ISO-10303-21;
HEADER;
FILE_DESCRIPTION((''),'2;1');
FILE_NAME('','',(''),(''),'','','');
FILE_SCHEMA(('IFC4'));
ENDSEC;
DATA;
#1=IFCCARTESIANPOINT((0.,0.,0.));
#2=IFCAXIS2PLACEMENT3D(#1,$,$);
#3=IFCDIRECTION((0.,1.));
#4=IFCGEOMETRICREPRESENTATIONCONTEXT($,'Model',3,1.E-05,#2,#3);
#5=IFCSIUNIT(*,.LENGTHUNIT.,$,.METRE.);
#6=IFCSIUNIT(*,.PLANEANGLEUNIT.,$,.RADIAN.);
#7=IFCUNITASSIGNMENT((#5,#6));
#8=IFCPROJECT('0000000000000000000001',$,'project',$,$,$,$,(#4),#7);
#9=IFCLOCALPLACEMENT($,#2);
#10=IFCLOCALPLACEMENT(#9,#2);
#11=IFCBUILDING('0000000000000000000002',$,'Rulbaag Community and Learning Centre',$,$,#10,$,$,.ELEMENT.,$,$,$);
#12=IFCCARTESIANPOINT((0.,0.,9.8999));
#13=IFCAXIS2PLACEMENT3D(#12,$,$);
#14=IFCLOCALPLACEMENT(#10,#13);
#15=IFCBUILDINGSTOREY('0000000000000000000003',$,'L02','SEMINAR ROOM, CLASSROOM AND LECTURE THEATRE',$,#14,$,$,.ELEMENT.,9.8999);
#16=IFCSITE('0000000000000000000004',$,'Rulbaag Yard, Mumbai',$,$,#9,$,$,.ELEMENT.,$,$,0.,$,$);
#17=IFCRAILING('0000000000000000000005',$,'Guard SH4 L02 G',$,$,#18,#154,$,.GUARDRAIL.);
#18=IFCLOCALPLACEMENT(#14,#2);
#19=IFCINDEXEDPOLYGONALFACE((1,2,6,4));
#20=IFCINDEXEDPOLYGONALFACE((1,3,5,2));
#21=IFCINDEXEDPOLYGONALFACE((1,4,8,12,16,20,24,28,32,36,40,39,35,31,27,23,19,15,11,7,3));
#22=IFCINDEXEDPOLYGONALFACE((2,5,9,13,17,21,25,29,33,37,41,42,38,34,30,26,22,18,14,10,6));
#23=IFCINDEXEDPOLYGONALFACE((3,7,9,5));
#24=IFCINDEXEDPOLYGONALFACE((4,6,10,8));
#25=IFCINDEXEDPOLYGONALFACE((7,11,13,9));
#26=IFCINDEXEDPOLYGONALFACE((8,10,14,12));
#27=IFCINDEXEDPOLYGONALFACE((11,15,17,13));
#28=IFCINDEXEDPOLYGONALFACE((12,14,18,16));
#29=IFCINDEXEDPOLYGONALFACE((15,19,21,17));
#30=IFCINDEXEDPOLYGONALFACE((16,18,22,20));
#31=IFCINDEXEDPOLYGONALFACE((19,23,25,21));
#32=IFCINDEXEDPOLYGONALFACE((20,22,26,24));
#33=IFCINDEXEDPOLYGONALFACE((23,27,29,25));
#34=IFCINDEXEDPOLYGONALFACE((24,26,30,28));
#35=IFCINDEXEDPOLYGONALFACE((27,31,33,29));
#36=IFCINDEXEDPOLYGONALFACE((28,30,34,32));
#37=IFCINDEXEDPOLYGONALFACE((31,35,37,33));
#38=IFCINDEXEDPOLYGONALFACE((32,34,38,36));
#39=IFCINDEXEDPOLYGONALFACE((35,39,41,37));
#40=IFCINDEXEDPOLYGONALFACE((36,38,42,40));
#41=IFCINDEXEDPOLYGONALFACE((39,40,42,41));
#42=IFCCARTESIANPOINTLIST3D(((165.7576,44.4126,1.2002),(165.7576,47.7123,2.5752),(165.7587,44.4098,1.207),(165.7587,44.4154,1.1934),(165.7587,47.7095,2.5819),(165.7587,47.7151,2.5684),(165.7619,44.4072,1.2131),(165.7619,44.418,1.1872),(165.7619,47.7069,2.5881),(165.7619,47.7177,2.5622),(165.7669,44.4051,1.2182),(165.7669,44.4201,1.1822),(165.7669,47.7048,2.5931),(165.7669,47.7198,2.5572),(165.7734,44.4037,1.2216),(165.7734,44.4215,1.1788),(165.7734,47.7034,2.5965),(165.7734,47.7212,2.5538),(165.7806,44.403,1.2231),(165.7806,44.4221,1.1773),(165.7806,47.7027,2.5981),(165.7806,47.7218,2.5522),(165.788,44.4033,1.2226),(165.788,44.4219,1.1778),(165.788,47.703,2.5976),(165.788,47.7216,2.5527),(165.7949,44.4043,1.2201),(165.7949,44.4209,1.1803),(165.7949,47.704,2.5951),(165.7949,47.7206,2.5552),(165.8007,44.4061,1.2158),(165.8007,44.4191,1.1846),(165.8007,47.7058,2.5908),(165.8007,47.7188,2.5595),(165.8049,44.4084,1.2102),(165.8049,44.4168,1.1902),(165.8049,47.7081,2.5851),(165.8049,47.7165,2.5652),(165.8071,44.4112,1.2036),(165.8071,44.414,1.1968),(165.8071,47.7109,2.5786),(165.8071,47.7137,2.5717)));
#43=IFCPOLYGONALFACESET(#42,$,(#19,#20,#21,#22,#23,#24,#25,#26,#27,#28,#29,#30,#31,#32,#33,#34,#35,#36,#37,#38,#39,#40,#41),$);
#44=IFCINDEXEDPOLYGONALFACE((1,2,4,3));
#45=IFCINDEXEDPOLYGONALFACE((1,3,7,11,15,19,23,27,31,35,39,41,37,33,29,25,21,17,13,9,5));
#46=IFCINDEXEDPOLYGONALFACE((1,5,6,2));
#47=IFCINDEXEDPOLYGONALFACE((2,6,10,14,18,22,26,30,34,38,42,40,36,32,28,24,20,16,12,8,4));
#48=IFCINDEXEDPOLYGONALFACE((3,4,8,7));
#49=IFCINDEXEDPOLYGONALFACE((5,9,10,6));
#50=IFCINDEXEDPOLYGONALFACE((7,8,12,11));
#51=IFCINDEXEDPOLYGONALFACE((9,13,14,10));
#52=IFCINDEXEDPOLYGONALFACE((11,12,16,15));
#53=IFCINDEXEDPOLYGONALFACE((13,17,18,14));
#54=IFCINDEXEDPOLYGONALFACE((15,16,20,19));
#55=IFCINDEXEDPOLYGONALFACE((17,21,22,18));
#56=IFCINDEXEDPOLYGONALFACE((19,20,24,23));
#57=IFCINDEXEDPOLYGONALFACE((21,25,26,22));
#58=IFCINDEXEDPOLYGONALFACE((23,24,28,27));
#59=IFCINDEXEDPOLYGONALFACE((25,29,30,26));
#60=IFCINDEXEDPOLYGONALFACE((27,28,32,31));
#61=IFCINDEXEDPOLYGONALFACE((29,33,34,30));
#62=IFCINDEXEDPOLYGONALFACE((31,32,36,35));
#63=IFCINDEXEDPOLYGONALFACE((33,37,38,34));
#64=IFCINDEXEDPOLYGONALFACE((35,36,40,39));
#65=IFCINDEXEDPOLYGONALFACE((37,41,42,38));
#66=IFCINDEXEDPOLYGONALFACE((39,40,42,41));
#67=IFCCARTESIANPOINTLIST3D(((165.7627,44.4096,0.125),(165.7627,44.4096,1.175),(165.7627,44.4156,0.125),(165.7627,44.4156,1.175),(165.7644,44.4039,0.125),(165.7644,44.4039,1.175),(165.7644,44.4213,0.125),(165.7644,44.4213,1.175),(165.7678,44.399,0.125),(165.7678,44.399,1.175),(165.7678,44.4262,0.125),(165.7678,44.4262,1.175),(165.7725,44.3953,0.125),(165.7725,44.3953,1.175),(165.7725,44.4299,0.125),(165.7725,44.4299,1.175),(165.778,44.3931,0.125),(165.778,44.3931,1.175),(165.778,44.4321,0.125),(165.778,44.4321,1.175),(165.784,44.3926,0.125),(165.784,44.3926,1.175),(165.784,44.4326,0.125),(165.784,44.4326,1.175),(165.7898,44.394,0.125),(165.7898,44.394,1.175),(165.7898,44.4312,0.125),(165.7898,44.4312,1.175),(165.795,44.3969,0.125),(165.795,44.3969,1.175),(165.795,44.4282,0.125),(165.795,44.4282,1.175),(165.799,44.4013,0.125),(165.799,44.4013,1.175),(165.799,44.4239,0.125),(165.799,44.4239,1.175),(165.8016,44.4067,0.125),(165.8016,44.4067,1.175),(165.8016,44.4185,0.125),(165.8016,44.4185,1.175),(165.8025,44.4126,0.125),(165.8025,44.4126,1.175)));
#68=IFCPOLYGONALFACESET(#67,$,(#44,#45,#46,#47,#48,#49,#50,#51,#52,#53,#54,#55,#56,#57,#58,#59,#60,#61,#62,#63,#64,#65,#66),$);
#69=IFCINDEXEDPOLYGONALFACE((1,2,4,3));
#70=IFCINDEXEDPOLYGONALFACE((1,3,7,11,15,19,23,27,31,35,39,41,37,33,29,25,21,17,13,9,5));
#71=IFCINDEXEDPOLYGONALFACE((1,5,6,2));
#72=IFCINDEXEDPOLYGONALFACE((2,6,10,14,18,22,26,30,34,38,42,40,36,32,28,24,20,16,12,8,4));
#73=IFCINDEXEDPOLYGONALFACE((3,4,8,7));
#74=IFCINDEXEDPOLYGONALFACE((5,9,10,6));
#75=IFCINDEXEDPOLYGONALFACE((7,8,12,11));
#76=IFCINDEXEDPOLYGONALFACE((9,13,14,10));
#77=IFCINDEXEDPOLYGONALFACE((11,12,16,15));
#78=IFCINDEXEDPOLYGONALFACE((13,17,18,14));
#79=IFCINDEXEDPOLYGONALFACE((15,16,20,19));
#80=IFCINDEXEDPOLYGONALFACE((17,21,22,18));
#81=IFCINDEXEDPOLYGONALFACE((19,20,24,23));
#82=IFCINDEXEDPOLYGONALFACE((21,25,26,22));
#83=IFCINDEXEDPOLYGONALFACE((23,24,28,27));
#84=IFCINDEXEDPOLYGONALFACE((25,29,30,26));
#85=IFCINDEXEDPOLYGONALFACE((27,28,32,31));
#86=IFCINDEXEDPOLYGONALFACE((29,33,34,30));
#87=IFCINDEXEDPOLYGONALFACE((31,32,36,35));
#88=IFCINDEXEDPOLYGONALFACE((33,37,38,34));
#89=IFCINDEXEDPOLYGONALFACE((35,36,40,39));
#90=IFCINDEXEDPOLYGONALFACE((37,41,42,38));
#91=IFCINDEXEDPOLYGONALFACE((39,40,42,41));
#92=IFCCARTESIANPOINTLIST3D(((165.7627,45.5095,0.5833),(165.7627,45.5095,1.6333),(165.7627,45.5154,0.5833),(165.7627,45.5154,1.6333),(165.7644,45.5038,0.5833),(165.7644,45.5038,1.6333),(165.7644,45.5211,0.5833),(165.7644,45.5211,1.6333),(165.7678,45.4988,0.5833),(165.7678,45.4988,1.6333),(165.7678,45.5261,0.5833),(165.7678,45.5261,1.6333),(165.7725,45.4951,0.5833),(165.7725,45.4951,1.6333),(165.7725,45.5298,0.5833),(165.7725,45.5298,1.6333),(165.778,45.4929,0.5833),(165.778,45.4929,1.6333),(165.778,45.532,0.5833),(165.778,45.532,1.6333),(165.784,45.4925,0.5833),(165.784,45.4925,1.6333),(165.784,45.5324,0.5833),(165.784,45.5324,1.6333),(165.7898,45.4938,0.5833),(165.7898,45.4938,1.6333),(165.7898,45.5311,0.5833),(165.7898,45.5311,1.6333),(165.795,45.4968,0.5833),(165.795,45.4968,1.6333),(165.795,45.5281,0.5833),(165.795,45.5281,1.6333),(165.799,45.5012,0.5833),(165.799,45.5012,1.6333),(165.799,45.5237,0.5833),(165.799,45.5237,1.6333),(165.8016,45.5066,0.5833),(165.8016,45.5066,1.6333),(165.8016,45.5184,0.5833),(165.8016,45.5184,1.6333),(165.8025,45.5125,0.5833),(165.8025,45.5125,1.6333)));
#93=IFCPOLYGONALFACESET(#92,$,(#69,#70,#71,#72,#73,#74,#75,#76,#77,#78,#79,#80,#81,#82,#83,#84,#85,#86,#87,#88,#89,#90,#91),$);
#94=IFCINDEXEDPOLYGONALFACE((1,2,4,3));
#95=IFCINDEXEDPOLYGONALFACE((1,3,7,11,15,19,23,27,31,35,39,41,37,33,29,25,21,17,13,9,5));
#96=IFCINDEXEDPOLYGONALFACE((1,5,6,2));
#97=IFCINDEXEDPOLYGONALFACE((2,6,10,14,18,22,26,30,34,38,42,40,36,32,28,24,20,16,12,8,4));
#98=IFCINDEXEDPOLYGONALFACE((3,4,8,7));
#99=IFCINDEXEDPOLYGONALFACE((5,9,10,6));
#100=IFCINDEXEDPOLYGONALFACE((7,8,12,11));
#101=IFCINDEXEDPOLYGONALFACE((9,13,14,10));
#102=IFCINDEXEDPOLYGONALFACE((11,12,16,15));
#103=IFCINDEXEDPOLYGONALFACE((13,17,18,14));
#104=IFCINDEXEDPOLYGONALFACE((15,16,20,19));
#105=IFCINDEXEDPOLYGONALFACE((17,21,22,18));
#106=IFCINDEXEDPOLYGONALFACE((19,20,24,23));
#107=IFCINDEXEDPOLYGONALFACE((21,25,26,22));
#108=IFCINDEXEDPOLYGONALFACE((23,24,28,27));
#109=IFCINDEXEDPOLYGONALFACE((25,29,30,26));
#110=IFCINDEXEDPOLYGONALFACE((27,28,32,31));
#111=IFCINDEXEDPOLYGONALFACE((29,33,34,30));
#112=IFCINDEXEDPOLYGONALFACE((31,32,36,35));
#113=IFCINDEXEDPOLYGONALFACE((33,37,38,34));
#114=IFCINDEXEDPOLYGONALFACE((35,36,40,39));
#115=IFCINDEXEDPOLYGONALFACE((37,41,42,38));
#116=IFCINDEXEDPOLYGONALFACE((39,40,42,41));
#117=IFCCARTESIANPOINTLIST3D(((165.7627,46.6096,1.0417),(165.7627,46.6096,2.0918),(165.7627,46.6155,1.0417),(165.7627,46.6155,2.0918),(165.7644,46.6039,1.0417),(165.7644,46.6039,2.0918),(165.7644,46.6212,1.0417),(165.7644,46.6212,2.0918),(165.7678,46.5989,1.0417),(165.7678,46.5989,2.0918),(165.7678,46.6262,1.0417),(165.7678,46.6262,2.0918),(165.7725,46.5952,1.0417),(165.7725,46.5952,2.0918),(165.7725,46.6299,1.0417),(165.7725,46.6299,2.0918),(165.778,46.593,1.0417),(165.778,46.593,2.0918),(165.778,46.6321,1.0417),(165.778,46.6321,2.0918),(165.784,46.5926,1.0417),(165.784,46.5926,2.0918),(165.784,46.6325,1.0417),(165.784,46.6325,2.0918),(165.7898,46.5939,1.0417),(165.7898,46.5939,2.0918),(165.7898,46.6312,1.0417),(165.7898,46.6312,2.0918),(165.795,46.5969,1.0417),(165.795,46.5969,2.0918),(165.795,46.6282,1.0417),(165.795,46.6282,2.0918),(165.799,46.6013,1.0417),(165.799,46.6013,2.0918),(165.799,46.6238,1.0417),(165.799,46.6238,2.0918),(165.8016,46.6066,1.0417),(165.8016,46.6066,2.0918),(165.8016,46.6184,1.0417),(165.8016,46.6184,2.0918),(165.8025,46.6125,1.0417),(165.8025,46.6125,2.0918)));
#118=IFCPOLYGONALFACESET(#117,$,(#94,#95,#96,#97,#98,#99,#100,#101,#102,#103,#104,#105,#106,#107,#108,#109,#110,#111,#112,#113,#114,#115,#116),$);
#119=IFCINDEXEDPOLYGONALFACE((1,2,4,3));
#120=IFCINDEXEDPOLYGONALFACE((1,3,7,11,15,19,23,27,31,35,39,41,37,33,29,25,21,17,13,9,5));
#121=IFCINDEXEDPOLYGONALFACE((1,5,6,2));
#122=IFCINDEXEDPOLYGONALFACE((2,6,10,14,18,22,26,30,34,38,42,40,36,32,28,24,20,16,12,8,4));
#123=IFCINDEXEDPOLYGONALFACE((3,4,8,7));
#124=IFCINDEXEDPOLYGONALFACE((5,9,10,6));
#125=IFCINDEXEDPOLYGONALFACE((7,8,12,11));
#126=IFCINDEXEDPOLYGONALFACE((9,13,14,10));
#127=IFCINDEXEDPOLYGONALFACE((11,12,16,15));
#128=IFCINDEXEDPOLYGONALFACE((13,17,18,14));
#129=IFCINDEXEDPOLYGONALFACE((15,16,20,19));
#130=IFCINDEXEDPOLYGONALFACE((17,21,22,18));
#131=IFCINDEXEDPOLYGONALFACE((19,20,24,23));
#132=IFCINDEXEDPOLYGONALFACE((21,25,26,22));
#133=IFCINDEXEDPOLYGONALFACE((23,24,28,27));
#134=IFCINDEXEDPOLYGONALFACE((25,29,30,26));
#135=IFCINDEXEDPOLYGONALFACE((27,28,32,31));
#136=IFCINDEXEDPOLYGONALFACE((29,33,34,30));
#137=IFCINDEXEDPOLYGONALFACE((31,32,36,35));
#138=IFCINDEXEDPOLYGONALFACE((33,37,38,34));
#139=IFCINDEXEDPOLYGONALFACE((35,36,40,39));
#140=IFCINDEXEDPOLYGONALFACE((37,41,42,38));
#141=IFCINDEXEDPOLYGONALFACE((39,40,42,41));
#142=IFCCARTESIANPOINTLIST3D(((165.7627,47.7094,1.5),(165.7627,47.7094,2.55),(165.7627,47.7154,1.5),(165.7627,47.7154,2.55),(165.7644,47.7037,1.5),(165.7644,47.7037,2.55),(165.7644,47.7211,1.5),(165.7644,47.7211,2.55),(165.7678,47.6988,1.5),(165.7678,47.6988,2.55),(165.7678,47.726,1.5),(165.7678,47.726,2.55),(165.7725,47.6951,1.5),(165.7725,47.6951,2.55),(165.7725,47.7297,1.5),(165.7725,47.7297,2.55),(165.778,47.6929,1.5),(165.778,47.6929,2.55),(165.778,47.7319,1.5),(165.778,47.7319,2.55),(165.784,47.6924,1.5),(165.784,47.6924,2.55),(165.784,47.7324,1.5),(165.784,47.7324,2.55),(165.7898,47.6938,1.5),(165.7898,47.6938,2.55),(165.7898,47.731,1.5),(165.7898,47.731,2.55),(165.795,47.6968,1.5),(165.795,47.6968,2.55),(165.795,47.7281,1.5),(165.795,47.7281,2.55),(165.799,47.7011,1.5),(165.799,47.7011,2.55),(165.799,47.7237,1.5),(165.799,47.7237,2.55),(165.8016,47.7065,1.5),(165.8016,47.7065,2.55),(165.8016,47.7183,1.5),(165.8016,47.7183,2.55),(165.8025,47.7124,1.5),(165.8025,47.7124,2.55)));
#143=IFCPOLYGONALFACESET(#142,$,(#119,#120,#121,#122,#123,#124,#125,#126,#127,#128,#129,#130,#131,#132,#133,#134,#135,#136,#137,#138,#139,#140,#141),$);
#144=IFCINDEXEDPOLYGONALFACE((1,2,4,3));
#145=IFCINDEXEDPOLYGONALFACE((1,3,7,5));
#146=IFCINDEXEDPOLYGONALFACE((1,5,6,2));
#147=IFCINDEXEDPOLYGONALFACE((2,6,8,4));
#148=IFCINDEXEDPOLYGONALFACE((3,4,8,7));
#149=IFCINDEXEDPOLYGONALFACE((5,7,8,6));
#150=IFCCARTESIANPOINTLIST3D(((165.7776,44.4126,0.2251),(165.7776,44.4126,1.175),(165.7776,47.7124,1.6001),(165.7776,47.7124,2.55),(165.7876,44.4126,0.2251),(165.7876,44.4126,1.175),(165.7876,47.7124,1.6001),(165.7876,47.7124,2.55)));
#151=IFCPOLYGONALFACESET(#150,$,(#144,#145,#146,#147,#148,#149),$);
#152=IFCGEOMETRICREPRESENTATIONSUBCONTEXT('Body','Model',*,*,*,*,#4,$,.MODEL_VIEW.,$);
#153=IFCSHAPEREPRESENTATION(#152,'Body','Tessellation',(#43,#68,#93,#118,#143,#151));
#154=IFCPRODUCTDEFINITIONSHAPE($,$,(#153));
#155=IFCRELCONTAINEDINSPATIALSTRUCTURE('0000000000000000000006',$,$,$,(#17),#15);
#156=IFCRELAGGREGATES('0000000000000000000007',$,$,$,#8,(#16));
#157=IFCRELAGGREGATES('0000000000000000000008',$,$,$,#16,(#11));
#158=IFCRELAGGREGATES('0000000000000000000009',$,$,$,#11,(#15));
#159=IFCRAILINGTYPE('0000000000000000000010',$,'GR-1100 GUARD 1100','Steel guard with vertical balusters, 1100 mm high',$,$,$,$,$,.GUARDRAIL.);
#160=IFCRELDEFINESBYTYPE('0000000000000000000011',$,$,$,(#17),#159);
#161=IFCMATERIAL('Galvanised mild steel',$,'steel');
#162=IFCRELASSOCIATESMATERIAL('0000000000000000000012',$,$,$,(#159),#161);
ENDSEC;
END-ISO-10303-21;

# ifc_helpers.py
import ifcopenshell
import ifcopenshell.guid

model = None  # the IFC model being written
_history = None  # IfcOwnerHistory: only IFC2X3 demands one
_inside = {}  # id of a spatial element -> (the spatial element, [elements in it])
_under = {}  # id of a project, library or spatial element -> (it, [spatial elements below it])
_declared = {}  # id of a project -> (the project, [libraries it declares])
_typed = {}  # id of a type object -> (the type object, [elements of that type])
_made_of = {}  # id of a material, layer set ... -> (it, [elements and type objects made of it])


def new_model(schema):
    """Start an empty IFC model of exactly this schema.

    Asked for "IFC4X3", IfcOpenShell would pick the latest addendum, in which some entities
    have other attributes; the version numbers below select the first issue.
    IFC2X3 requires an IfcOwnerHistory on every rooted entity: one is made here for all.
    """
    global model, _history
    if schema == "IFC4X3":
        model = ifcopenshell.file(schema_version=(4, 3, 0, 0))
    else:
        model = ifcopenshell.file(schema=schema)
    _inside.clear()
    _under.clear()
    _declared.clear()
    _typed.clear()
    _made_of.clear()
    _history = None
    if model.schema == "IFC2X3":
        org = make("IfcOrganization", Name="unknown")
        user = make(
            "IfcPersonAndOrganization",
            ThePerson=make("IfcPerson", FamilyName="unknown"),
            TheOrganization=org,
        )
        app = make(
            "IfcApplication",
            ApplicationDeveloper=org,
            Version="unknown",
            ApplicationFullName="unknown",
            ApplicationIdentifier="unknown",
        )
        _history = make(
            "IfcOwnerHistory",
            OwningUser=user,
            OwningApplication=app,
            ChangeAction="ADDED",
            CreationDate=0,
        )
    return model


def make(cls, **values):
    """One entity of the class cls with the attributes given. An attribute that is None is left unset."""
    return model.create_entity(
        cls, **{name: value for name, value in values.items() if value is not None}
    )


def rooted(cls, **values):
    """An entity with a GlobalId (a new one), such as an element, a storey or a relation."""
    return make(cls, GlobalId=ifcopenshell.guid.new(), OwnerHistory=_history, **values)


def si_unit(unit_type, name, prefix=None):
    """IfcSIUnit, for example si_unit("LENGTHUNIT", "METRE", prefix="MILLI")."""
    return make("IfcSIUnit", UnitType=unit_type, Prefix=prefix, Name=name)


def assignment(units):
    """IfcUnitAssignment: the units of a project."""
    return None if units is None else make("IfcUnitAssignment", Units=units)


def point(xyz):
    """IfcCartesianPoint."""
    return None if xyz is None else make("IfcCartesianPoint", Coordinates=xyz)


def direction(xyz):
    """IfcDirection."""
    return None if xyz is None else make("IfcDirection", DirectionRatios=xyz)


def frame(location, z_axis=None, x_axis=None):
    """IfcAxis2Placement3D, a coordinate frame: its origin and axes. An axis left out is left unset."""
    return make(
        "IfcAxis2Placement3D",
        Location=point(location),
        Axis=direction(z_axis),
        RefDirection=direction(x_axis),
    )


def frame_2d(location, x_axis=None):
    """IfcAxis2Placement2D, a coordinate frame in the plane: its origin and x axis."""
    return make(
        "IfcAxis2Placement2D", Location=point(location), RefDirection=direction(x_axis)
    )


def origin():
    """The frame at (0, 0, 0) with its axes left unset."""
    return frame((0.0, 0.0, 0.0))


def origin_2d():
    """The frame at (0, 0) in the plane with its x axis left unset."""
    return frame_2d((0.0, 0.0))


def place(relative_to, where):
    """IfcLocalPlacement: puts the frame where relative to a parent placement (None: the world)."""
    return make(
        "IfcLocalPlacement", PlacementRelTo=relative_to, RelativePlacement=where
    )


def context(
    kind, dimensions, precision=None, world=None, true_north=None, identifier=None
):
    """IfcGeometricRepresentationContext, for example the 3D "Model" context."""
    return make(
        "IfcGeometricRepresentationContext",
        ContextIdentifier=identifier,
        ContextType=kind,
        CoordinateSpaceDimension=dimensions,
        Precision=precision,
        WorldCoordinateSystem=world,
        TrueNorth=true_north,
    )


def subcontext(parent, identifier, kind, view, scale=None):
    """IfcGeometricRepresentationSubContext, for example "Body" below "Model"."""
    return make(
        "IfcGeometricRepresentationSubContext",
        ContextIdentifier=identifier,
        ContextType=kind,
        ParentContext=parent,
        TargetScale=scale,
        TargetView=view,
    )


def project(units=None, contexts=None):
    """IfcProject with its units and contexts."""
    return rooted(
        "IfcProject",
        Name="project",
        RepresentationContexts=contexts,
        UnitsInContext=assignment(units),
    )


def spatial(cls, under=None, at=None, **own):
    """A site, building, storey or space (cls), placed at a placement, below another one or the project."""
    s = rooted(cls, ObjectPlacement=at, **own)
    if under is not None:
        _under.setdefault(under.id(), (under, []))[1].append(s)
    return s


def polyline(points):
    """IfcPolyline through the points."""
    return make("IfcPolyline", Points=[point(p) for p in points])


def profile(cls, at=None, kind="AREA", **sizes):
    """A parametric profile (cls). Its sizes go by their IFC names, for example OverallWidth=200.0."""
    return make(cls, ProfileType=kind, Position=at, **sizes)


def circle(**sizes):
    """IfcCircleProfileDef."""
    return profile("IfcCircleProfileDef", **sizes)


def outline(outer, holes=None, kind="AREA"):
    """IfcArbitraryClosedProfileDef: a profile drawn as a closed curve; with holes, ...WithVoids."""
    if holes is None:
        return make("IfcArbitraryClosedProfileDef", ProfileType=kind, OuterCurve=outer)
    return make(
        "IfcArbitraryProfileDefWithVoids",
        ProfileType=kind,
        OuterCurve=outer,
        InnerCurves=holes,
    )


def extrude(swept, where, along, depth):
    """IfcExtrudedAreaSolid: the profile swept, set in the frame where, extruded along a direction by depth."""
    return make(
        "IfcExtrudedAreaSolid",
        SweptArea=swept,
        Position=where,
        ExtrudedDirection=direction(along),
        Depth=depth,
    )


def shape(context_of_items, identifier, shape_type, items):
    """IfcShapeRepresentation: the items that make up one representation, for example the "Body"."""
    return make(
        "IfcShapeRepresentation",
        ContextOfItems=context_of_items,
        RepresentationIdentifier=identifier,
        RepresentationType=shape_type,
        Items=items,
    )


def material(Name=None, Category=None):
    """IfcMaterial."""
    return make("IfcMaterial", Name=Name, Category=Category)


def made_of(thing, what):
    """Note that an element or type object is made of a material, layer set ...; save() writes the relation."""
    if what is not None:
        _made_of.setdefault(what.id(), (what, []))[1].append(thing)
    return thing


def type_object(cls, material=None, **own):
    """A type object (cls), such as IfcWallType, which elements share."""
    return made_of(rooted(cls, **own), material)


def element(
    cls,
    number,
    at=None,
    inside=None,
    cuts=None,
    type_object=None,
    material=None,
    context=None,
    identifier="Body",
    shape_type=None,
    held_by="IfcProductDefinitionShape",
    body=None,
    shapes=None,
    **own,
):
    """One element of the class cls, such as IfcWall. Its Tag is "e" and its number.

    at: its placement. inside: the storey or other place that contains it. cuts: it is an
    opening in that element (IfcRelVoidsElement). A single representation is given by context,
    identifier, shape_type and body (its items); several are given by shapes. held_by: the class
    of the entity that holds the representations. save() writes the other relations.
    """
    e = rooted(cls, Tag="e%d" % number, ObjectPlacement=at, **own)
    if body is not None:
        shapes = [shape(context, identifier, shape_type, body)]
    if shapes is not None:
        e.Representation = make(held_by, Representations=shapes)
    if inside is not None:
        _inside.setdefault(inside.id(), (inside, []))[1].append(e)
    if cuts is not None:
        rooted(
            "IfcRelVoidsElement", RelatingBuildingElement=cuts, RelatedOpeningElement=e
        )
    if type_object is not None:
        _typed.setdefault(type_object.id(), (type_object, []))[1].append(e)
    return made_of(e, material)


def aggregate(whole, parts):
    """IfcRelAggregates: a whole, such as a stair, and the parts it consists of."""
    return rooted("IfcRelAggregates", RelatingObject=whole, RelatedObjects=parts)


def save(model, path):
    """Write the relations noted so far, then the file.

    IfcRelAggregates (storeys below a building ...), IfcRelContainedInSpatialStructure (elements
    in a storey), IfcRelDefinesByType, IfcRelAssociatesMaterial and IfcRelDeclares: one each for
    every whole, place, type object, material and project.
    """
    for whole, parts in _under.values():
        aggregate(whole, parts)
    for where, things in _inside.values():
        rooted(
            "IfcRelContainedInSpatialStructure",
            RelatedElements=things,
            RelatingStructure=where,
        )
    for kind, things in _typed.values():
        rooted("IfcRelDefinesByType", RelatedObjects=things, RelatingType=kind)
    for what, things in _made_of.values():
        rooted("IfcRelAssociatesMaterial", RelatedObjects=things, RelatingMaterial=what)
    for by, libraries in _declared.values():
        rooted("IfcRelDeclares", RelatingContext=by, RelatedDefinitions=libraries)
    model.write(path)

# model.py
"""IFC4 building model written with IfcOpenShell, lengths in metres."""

from ifc_helpers import new_model, si_unit, direction, frame, origin, origin_2d, place, context, subcontext, project, spatial, polyline, circle, outline, extrude, material, type_object, element, save


model = new_model("IFC4")

# Units and contexts
model_context = context("Model", 3, precision=1e-05, world=origin(), true_north=direction((0.0, 1.0)))
body_context = subcontext(model_context, "Body", "Model", "MODEL_VIEW")
ifc_project = project(units=[si_unit("LENGTHUNIT", "METRE"), si_unit("PLANEANGLEUNIT", "RADIAN")], contexts=[model_context])

# Site, building, storey
site_placement = place(None, origin())
site = spatial("IfcSite", under=ifc_project, at=site_placement, Name="Rulbaag Yard, Mumbai", CompositionType="ELEMENT", RefElevation=0.0)
building_placement = place(site_placement, origin())
building = spatial("IfcBuilding", under=site, at=building_placement, Name="Rulbaag Community and Learning Centre", CompositionType="ELEMENT")
storey_placement = place(building_placement, frame((0.0, 0.0, 9.8999)))
storey = spatial("IfcBuildingStorey", under=building, at=storey_placement, Name="L02", Description="SEMINAR ROOM, CLASSROOM AND LECTURE THEATRE", CompositionType="ELEMENT", Elevation=9.8999)

# Railing
ifc_material_1 = material(Name="Galvanised mild steel", Category="steel")
railing_type_1 = type_object("IfcRailingType", Name="GR-1100 GUARD 1100", Description="Steel guard with vertical balusters, 1100 mm high", PredefinedType="GUARDRAIL", material=ifc_material_1)
railing_1_placement = place(storey_placement, frame((165.7825, 44.4126, 0.125)))
element("IfcRailing", 1, at=railing_1_placement, inside=storey, type_object=railing_type_1, Name="Guard SH4 L02 G", PredefinedType="GUARDRAIL", context=body_context, shape_type="SweptSolid", body=[
    extrude(circle(Radius=0.0249, at=origin_2d()), frame((0.0, 0.0, 1.0752), z_axis=(0.0, 0.923069, 0.384635), x_axis=(-1.0, 0.0, 0.0)), (0.0, 0.0, 1.0), 3.5747),
    extrude(circle(Radius=0.02, at=origin_2d()), origin(), (0.0, 0.0, 1.0), 1.05),
    extrude(circle(Radius=0.02, at=origin_2d()), frame((0.0, 1.0999, 0.4583)), (0.0, 0.0, 1.0), 1.05),
    extrude(circle(Radius=0.02, at=origin_2d()), frame((0.0, 2.2, 0.9167)), (0.0, 0.0, 1.0), 1.05),
    extrude(circle(Radius=0.02, at=origin_2d()), frame((0.0, 3.2998, 1.375)), (0.0, 0.0, 1.0), 1.05),
    extrude(outline(polyline([(0.0, 0.0), (3.2998, 1.375), (3.2998, 2.325), (0.0, 0.95), (0.0, 0.0)])), frame((-0.0049, 0.0, 0.1001), z_axis=(1.0, 0.0, 0.0), x_axis=(0.0, 1.0, 0.0)), (0.0, 0.0, 1.0), 0.01),
])

save(model, "model.ifc")
